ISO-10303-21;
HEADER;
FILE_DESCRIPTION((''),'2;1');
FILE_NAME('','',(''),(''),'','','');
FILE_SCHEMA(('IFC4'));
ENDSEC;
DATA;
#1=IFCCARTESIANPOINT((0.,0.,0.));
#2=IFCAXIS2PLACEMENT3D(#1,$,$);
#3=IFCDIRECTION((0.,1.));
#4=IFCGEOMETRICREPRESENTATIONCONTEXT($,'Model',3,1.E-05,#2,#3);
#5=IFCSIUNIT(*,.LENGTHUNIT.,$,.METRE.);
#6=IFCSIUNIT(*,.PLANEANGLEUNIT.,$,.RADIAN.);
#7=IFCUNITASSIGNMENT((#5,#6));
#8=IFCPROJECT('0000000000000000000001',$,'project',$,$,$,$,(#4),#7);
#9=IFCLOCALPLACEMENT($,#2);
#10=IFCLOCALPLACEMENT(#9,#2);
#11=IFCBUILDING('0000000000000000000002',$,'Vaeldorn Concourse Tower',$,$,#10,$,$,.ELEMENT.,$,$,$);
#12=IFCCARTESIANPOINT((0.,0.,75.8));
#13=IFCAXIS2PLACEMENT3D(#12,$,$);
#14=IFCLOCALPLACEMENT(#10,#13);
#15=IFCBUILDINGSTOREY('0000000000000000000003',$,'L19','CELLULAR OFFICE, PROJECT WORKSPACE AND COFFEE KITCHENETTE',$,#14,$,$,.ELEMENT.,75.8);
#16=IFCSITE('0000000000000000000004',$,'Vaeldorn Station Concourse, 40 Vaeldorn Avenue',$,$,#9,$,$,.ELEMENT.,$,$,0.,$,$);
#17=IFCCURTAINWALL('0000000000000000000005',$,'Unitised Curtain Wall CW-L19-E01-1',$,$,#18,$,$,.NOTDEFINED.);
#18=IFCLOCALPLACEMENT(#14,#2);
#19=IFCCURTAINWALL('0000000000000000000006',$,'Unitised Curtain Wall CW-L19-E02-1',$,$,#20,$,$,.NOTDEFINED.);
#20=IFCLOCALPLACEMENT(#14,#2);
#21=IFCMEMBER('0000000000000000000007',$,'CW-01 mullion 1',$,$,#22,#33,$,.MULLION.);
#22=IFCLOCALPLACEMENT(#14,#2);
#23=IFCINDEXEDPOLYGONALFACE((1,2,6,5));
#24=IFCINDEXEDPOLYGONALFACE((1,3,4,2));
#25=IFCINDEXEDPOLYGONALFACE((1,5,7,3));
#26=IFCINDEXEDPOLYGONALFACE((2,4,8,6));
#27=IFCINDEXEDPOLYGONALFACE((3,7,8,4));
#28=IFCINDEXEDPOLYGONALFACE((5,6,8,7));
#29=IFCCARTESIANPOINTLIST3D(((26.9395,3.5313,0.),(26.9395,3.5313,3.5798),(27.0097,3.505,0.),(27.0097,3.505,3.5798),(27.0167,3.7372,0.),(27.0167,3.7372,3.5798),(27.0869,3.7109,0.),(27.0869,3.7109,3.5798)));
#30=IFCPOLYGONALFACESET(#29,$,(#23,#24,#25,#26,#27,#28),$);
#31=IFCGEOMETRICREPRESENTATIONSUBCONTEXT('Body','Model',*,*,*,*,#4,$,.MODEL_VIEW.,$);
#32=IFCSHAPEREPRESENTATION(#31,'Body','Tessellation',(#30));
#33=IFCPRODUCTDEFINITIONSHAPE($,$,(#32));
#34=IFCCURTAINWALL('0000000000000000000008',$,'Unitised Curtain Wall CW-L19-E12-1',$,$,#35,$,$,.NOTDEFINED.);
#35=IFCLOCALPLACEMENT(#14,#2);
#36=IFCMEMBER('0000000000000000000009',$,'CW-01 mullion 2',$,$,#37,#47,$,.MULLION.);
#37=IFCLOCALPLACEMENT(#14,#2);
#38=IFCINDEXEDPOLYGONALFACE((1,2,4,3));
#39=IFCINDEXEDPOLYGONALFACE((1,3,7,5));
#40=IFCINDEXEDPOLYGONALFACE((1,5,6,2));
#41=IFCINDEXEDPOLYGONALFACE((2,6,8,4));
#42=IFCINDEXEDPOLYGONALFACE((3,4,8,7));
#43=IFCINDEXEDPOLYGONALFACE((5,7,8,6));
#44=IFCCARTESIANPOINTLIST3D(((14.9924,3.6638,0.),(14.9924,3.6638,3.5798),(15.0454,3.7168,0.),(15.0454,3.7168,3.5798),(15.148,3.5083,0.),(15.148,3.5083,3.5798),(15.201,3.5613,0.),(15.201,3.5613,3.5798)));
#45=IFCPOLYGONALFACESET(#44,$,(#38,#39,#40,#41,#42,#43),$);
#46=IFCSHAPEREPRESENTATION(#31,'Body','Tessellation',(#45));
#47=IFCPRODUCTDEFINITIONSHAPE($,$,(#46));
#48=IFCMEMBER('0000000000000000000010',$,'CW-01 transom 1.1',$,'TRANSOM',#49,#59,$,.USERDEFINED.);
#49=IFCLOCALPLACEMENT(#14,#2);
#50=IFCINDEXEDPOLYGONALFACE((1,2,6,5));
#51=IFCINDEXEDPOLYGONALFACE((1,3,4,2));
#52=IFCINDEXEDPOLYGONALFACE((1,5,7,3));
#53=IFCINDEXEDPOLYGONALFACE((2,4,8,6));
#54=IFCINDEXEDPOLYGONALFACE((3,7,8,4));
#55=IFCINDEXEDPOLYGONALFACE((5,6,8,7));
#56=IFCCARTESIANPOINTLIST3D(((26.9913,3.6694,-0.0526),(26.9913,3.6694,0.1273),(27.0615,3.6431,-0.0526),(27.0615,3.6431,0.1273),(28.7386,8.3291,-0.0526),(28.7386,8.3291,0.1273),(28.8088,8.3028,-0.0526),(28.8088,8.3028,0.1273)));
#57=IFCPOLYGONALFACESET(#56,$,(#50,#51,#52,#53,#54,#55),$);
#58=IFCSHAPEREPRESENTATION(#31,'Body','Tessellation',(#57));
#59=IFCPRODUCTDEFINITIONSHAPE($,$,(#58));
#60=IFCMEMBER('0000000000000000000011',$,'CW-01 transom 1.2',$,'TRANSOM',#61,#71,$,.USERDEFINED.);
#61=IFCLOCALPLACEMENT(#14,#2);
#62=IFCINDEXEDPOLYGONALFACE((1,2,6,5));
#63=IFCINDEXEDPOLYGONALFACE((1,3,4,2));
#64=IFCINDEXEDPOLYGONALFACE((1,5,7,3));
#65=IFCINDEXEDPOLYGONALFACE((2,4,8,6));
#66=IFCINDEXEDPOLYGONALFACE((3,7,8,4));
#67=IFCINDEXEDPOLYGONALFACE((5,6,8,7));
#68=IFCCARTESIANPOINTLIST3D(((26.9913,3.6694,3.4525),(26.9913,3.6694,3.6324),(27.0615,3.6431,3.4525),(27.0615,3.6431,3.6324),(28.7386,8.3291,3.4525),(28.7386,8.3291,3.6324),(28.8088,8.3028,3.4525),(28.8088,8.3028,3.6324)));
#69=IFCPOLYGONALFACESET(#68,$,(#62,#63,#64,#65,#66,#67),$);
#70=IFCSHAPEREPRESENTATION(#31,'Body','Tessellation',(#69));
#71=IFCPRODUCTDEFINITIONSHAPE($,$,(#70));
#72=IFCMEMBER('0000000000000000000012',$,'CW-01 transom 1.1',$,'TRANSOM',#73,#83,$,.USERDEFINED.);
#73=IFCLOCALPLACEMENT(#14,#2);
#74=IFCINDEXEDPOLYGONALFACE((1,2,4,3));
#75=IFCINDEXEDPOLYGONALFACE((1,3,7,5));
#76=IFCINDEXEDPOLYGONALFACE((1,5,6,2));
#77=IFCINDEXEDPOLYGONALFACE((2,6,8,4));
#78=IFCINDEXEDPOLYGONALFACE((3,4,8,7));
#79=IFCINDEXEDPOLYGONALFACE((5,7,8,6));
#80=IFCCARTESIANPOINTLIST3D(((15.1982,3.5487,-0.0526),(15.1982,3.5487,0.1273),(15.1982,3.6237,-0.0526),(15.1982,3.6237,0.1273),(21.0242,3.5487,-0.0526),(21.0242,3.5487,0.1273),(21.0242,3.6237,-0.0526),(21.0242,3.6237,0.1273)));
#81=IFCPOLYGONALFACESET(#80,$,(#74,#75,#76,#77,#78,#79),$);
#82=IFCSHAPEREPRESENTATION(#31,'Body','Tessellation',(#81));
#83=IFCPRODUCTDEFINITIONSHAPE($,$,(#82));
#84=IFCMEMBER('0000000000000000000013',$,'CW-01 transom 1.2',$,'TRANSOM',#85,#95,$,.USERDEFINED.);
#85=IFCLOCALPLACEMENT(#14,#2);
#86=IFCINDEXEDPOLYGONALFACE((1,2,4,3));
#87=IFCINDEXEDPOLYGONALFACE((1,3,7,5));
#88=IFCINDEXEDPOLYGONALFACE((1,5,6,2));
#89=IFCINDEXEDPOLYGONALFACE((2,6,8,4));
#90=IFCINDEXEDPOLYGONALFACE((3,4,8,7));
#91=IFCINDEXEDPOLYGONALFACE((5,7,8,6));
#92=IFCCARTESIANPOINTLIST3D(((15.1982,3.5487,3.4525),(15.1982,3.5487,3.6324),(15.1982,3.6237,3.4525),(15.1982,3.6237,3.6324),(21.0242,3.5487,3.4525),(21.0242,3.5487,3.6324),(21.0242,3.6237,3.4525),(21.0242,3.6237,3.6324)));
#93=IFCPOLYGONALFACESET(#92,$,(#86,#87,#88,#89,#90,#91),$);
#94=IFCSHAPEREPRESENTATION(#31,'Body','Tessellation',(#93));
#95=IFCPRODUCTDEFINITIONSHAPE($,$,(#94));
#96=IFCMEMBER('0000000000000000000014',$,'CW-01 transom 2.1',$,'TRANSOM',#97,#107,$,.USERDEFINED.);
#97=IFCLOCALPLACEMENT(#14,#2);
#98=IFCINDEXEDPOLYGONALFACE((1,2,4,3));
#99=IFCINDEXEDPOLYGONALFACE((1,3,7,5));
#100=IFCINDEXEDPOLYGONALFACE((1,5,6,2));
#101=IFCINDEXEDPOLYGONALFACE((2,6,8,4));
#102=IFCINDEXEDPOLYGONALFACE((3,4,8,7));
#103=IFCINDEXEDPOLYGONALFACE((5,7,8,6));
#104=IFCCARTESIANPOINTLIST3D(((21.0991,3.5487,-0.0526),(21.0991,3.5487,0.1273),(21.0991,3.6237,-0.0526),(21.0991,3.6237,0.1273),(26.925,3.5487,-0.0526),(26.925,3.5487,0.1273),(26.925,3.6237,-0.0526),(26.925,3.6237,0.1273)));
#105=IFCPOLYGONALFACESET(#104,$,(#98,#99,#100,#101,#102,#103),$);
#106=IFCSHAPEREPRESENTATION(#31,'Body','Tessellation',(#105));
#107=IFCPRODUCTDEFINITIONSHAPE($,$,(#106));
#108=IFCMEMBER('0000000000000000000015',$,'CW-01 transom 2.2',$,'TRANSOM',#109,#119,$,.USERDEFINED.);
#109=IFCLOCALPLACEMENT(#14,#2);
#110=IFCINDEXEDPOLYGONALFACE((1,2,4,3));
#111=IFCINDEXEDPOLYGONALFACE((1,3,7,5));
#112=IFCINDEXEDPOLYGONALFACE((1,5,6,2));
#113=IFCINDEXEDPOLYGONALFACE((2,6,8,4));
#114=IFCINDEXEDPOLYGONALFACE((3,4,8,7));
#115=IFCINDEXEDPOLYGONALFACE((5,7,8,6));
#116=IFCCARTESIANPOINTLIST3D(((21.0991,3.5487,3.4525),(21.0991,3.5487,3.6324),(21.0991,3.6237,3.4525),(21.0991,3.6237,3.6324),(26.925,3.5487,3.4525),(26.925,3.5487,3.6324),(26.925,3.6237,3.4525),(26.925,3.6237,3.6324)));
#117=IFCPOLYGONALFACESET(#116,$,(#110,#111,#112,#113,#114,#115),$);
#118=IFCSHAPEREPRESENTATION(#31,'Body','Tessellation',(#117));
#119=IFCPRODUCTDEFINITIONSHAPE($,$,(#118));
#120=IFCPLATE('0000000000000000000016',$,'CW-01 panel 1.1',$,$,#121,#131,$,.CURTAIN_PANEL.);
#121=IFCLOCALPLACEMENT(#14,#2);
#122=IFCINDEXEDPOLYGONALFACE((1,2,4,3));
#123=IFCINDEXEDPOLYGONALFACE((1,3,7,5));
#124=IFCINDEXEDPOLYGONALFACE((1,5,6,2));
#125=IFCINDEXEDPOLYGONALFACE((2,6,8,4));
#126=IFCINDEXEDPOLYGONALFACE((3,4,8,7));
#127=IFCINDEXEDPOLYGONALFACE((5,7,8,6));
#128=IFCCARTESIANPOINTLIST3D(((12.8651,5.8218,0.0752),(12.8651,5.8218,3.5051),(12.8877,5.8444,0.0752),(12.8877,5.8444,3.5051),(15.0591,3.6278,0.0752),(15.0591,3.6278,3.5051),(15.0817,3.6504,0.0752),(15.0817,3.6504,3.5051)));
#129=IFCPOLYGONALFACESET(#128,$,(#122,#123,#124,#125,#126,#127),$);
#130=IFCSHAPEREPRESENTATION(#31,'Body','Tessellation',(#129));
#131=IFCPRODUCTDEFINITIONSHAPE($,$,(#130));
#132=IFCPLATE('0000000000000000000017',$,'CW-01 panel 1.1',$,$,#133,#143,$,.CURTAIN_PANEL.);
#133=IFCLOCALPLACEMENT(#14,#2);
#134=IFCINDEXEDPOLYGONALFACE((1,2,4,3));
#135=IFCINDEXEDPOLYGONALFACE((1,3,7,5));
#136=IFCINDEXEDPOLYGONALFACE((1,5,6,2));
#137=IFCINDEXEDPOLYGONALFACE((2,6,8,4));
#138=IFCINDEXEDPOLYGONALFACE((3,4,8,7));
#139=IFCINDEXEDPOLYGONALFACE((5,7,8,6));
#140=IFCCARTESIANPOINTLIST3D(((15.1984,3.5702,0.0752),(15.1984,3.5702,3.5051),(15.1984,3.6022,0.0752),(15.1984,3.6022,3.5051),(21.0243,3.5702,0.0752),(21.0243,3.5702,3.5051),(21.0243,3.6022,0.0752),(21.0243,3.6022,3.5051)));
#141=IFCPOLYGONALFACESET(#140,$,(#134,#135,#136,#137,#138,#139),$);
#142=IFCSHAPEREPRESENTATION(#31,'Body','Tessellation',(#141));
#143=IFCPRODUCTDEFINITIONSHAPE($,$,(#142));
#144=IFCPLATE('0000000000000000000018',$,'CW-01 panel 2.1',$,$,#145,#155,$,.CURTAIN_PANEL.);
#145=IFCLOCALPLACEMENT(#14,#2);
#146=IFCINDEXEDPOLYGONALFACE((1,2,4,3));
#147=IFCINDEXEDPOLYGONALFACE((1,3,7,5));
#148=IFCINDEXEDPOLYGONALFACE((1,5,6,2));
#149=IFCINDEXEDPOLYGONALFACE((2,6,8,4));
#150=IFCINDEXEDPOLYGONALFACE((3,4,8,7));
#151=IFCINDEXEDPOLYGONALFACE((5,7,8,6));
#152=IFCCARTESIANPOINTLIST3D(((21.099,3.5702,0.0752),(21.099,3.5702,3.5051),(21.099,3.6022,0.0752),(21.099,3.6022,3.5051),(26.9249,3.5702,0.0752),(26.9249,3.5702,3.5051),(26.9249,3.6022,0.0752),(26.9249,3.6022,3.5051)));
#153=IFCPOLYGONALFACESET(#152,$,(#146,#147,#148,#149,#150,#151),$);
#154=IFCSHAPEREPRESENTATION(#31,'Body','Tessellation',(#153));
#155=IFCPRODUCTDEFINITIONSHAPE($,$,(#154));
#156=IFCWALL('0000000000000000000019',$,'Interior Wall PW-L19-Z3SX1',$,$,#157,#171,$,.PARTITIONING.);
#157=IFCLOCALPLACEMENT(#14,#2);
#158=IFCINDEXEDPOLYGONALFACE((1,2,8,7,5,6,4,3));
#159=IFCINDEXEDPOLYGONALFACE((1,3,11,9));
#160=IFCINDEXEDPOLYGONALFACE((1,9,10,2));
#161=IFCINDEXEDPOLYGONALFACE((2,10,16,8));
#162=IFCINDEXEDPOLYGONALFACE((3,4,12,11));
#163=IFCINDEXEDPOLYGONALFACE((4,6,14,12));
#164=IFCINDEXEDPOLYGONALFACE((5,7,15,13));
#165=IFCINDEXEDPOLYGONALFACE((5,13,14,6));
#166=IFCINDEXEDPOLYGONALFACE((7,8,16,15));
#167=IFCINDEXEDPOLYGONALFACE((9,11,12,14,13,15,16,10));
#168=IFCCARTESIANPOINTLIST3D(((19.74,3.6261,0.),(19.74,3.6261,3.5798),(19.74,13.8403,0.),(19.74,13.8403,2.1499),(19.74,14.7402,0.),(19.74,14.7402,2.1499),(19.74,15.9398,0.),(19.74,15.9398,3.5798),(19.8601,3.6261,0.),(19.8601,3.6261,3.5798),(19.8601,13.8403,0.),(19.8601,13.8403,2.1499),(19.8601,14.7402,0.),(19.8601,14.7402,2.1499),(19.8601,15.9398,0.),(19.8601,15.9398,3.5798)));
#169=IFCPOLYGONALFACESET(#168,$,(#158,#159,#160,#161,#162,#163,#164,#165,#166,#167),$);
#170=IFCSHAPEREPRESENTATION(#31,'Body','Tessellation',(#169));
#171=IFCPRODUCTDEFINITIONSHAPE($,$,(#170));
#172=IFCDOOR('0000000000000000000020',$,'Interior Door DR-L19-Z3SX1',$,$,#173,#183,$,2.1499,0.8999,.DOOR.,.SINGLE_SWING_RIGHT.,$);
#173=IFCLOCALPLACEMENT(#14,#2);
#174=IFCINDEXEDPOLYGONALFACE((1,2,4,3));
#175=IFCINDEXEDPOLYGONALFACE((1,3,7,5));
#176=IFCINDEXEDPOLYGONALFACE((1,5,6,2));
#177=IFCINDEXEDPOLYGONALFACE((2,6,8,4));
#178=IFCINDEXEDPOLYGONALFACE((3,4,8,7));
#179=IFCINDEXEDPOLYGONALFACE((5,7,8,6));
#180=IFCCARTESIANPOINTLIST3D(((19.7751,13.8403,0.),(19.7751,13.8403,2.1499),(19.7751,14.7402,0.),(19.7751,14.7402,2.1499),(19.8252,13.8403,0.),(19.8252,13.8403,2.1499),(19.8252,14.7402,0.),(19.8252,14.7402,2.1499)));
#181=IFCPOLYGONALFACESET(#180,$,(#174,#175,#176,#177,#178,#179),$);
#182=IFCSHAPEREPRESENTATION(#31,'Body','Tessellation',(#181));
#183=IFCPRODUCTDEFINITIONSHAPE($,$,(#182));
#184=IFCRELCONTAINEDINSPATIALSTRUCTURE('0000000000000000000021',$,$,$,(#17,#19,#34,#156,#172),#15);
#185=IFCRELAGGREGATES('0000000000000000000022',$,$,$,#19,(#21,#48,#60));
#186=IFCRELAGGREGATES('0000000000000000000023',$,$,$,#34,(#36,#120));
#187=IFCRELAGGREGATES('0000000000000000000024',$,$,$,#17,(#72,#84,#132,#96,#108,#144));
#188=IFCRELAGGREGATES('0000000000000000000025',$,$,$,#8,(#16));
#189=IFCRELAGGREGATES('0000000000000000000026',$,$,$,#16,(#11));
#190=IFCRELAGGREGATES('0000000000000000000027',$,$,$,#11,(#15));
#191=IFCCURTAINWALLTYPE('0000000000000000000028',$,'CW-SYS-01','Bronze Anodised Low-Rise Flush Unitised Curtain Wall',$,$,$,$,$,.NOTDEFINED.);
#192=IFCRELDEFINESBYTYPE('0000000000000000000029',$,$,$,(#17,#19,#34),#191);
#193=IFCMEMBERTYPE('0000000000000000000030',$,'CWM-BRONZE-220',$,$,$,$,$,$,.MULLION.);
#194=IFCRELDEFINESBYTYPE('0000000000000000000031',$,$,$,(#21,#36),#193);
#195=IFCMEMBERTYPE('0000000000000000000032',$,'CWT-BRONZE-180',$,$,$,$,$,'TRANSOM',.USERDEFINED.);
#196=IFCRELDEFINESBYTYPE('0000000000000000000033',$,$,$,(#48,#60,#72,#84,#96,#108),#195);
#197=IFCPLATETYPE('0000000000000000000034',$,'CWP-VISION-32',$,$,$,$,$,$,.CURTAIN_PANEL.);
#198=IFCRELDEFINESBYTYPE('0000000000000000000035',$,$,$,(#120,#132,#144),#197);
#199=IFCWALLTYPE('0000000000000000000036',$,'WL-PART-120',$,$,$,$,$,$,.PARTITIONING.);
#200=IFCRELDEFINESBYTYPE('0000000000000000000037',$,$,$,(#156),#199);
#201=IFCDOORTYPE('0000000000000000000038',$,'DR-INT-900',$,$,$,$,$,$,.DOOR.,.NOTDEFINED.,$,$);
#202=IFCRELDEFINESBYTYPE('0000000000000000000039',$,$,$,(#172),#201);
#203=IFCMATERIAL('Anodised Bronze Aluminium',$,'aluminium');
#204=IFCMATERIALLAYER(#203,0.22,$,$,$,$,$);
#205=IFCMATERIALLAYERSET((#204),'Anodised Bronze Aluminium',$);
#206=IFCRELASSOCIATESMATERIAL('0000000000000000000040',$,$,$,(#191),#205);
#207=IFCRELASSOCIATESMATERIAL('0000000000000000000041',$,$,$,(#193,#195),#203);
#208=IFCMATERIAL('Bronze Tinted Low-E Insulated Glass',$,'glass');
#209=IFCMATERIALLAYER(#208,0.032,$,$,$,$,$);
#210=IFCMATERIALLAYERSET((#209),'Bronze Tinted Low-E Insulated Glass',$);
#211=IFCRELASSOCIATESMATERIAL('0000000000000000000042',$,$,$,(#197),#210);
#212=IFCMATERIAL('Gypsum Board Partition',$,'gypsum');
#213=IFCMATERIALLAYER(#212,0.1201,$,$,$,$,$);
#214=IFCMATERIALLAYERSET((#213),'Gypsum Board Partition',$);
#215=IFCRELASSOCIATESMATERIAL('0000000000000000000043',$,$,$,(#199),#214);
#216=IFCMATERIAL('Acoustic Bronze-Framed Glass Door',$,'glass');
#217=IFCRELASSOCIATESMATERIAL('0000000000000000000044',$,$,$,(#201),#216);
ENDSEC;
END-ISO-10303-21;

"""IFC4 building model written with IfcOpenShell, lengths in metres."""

from ifc_helpers import new_model, si_unit, direction, frame, frame_2d, origin, origin_2d, place, context, subcontext, project, spatial, rectangle, extrude, source, transform, mapped, material, layer, layer_set, material_profile, profile_set, type_object, element, fill, aggregate, save


model = new_model("IFC4")

# Units and contexts
model_context = context("Model", 3, precision=1e-05, world=origin(), true_north=direction((0.0, 1.0)))
body_context = subcontext(model_context, "Body", "Model", "MODEL_VIEW")
ifc_project = project(units=[si_unit("LENGTHUNIT", "METRE"), si_unit("PLANEANGLEUNIT", "RADIAN")], contexts=[model_context])

# Site, building, storey
site_placement = place(None, origin())
site = spatial("IfcSite", under=ifc_project, at=site_placement, Name="Vaeldorn Station Concourse, 40 Vaeldorn Avenue", CompositionType="ELEMENT", RefElevation=0.0)
building_placement = place(site_placement, origin())
building = spatial("IfcBuilding", under=site, at=building_placement, Name="Vaeldorn Concourse Tower", CompositionType="ELEMENT")
storey_placement = place(building_placement, frame((0.0, 0.0, 75.8)))
storey = spatial("IfcBuildingStorey", under=building, at=storey_placement, Name="L19", Description="CELLULAR OFFICE, PROJECT WORKSPACE AND COFFEE KITCHENETTE", CompositionType="ELEMENT", Elevation=75.8)

# Curtain wall
ifc_material_1 = material(Name="Anodised Bronze Aluminium", Category="aluminium")
ifc_layer_1 = layer(ifc_material_1, 0.22)
ifc_layer_set_1 = layer_set([ifc_layer_1], Name="Anodised Bronze Aluminium")
curtain_wall_type = type_object("IfcCurtainWallType", Name="CW-SYS-01", Description="Bronze Anodised Low-Rise Flush Unitised Curtain Wall", PredefinedType="NOTDEFINED", material=ifc_layer_set_1)
curtain_wall_1_placement = place(storey_placement, origin())
curtain_wall_1 = element("IfcCurtainWall", 1, at=curtain_wall_1_placement, inside=storey, type_object=curtain_wall_type, Name="Unitised Curtain Wall CW-L19-E01-1", PredefinedType="NOTDEFINED")
ifc_material_profile_1 = material_profile(ifc_material_1, rectangle(XDim=0.075, YDim=0.22, at=origin_2d()), Name="CWM 75x220")
ifc_profile_set_1 = profile_set([ifc_material_profile_1], Name="Anodised Bronze Aluminium")
member_type_1 = type_object("IfcMemberType", Name="CWM-BRONZE-220", PredefinedType="MULLION", material=ifc_profile_set_1)
shared_shape_1 = source(origin(), body_context, "Body", "SweptSolid", [
    extrude(rectangle(XDim=0.075, YDim=0.22, at=origin_2d()), origin(), (0.0, 0.0, 1.0), 3.5798),
])

# Curtain walls, members
curtain_wall_2_placement = place(storey_placement, origin())
curtain_wall_2 = element("IfcCurtainWall", 2, at=curtain_wall_2_placement, inside=storey, type_object=curtain_wall_type, Name="Unitised Curtain Wall CW-L19-E02-1", PredefinedType="NOTDEFINED")
member_1_placement = place(storey_placement, frame((27.0132, 3.6211, 0.0), z_axis=(0.0, 0.0, 1.0), x_axis=(-0.936329, 0.351123, 0.0)))
member_1 = element("IfcMember", 3, at=member_1_placement, type_object=member_type_1, Name="CW-01 mullion 1", PredefinedType="MULLION", context=body_context, shape_type="MappedRepresentation", body=[
    mapped(shared_shape_1, transform((0.0, 0.0, 0.0), scale=1.0)),
])
curtain_wall_3_placement = place(storey_placement, origin())
curtain_wall_3 = element("IfcCurtainWall", 4, at=curtain_wall_3_placement, inside=storey, type_object=curtain_wall_type, Name="Unitised Curtain Wall CW-L19-E12-1", PredefinedType="NOTDEFINED")
member_2_placement = place(storey_placement, frame((15.0967, 3.6125, 0.0), z_axis=(0.0, 0.0, 1.0), x_axis=(0.707107, 0.707107, 0.0)))
member_2 = element("IfcMember", 5, at=member_2_placement, type_object=member_type_1, Name="CW-01 mullion 2", PredefinedType="MULLION", context=body_context, shape_type="MappedRepresentation", body=[
    mapped(shared_shape_1, transform((0.0, 0.0, 0.0), scale=1.0)),
])

# Members
ifc_material_profile_2 = material_profile(ifc_material_1, rectangle(XDim=0.075, YDim=0.1799, at=origin_2d()), Name="CWT 75x180")
ifc_profile_set_2 = profile_set([ifc_material_profile_2], Name="Anodised Bronze Aluminium")
member_type_2 = type_object("IfcMemberType", Name="CWT-BRONZE-180", ElementType="TRANSOM", PredefinedType="USERDEFINED", material=ifc_profile_set_2)
shared_shape_2 = source(origin(), body_context, "Body", "SweptSolid", [
    extrude(rectangle(XDim=0.075, YDim=0.1799, at=origin_2d()), origin(), (0.0, 0.0, 1.0), 4.9766),
])
member_3_placement = place(storey_placement, frame((27.0264, 3.6562, 0.0374), z_axis=(0.351113, 0.936333, 0.0), x_axis=(-0.936333, 0.351113, 0.0)))
member_3 = element("IfcMember", 6, at=member_3_placement, type_object=member_type_2, Name="CW-01 transom 1.1", ObjectType="TRANSOM", PredefinedType="USERDEFINED", context=body_context, shape_type="MappedRepresentation", body=[
    mapped(shared_shape_2, transform((0.0, 0.0, 0.0), scale=1.0)),
])
member_4_placement = place(storey_placement, frame((27.0264, 3.6562, 3.5425), z_axis=(0.351113, 0.936333, 0.0), x_axis=(-0.936333, 0.351113, 0.0)))
member_4 = element("IfcMember", 7, at=member_4_placement, type_object=member_type_2, Name="CW-01 transom 1.2", ObjectType="TRANSOM", PredefinedType="USERDEFINED", context=body_context, shape_type="MappedRepresentation", body=[
    mapped(shared_shape_2, transform((0.0, 0.0, 0.0), scale=1.0)),
])
aggregate(curtain_wall_2, [member_1, member_3, member_4])
shared_shape_3 = source(origin(), body_context, "Body", "SweptSolid", [
    extrude(rectangle(XDim=0.075, YDim=0.1799, at=origin_2d()), origin(), (0.0, 0.0, 1.0), 5.8259),
])
member_5_placement = place(storey_placement, frame((15.1982, 3.5862, 0.0374), z_axis=(1.0, 0.0, 0.0), x_axis=(0.0, 1.0, 0.0)))
member_5 = element("IfcMember", 8, at=member_5_placement, type_object=member_type_2, Name="CW-01 transom 1.1", ObjectType="TRANSOM", PredefinedType="USERDEFINED", context=body_context, shape_type="MappedRepresentation", body=[
    mapped(shared_shape_3, transform((0.0, 0.0, 0.0), scale=1.0)),
])
member_6_placement = place(storey_placement, frame((15.1982, 3.5862, 3.5425), z_axis=(1.0, 0.0, 0.0), x_axis=(0.0, 1.0, 0.0)))
member_6 = element("IfcMember", 9, at=member_6_placement, type_object=member_type_2, Name="CW-01 transom 1.2", ObjectType="TRANSOM", PredefinedType="USERDEFINED", context=body_context, shape_type="MappedRepresentation", body=[
    mapped(shared_shape_3, transform((0.0, 0.0, 0.0), scale=1.0)),
])
member_7_placement = place(storey_placement, frame((21.0991, 3.5862, 0.0374), z_axis=(1.0, 0.0, 0.0), x_axis=(0.0, 1.0, 0.0)))
member_7 = element("IfcMember", 10, at=member_7_placement, type_object=member_type_2, Name="CW-01 transom 2.1", ObjectType="TRANSOM", PredefinedType="USERDEFINED", context=body_context, shape_type="MappedRepresentation", body=[
    mapped(shared_shape_3, transform((0.0, 0.0, 0.0), scale=1.0)),
])
member_8_placement = place(storey_placement, frame((21.0991, 3.5862, 3.5425), z_axis=(1.0, 0.0, 0.0), x_axis=(0.0, 1.0, 0.0)))
member_8 = element("IfcMember", 11, at=member_8_placement, type_object=member_type_2, Name="CW-01 transom 2.2", ObjectType="TRANSOM", PredefinedType="USERDEFINED", context=body_context, shape_type="MappedRepresentation", body=[
    mapped(shared_shape_3, transform((0.0, 0.0, 0.0), scale=1.0)),
])

# Plates
ifc_material_2 = material(Name="Bronze Tinted Low-E Insulated Glass", Category="glass")
ifc_layer_2 = layer(ifc_material_2, 0.032)
ifc_layer_set_2 = layer_set([ifc_layer_2], Name="Bronze Tinted Low-E Insulated Glass")
plate_type = type_object("IfcPlateType", Name="CWP-VISION-32", PredefinedType="CURTAIN_PANEL", material=ifc_layer_set_2)
shared_shape_4 = source(origin(), body_context, "Body", "SweptSolid", [
    extrude(rectangle(XDim=3.1028, YDim=0.032, at=origin_2d()), origin(), (0.0, 0.0, 1.0), 3.4299),
])
plate_1_placement = place(storey_placement, frame((13.9734, 4.7361, 0.0752), z_axis=(0.0, 0.0, 1.0), x_axis=(0.707107, -0.707107, 0.0)))
plate_1 = element("IfcPlate", 12, at=plate_1_placement, type_object=plate_type, Name="CW-01 panel 1.1", PredefinedType="CURTAIN_PANEL", context=body_context, shape_type="MappedRepresentation", body=[
    mapped(shared_shape_4, transform((0.0, 0.0, 0.0), scale=1.0)),
])
aggregate(curtain_wall_3, [member_2, plate_1])
shared_shape_5 = source(origin(), body_context, "Body", "SweptSolid", [
    extrude(rectangle(XDim=5.8259, YDim=0.032, at=origin_2d()), origin(), (0.0, 0.0, 1.0), 3.4299),
])
plate_2_placement = place(storey_placement, frame((18.1113, 3.5862, 0.0752), z_axis=(0.0, 0.0, 1.0), x_axis=(1.0, 0.0, 0.0)))
plate_2 = element("IfcPlate", 13, at=plate_2_placement, type_object=plate_type, Name="CW-01 panel 1.1", PredefinedType="CURTAIN_PANEL", context=body_context, shape_type="MappedRepresentation", body=[
    mapped(shared_shape_5, transform((0.0, 0.0, 0.0), scale=1.0)),
])
plate_3_placement = place(storey_placement, frame((24.012, 3.5862, 0.0752), z_axis=(0.0, 0.0, 1.0), x_axis=(1.0, 0.0, 0.0)))
plate_3 = element("IfcPlate", 14, at=plate_3_placement, type_object=plate_type, Name="CW-01 panel 2.1", PredefinedType="CURTAIN_PANEL", context=body_context, shape_type="MappedRepresentation", body=[
    mapped(shared_shape_5, transform((0.0, 0.0, 0.0), scale=1.0)),
])
aggregate(curtain_wall_1, [member_5, member_6, plate_2, member_7, member_8, plate_3])

# Wall, opening, door
ifc_material_3 = material(Name="Gypsum Board Partition", Category="gypsum")
ifc_layer_3 = layer(ifc_material_3, 0.1201)
ifc_layer_set_3 = layer_set([ifc_layer_3], Name="Gypsum Board Partition")
wall_type = type_object("IfcWallType", Name="WL-PART-120", PredefinedType="PARTITIONING", material=ifc_layer_set_3)
wall_placement = place(storey_placement, frame((19.8, 3.6262, 0.0), z_axis=(0.0, 0.0, 1.0), x_axis=(0.0, 1.0, 0.0)))
wall = element("IfcWall", 15, at=wall_placement, inside=storey, type_object=wall_type, Name="Interior Wall PW-L19-Z3SX1", PredefinedType="PARTITIONING", context=body_context, shape_type="SweptSolid", body=[
    extrude(rectangle(XDim=12.3137, YDim=0.1201, at=frame_2d((6.1567, 0.0))), origin(), (0.0, 0.0, 1.0), 3.5798),
])
opening_placement = place(wall_placement, frame((10.2141, 0.0, 0.0)))
opening = element("IfcOpeningElement", 16, at=opening_placement, cuts=wall, PredefinedType="OPENING", context=body_context, shape_type="SweptSolid", body=[
    extrude(rectangle(XDim=0.8999, YDim=2.1499, at=frame_2d((0.45, 1.075))), frame((0.0, 0.0701, 0.0), z_axis=(0.0, -1.0, 0.0), x_axis=(1.0, 0.0, 0.0)), (0.0, 0.0, 1.0), 0.1401),
])
ifc_material_4 = material(Name="Acoustic Bronze-Framed Glass Door", Category="glass")
door_type = type_object("IfcDoorType", Name="DR-INT-900", OperationType="NOTDEFINED", PredefinedType="DOOR", material=ifc_material_4)
shared_shape_6 = source(origin(), body_context, "Body", "SweptSolid", [
    extrude(rectangle(XDim=0.8999, YDim=2.1499, at=frame_2d((0.45, 1.075))), frame((0.0, 0.0249, 0.0), z_axis=(0.0, -1.0, 0.0), x_axis=(1.0, 0.0, 0.0)), (0.0, 0.0, 1.0), 0.05),
])
door_placement = place(opening_placement, origin())
door = element("IfcDoor", 17, at=door_placement, inside=storey, type_object=door_type, Name="Interior Door DR-L19-Z3SX1", OperationType="SINGLE_SWING_RIGHT", OverallHeight=2.1499, OverallWidth=0.8999, PredefinedType="DOOR", context=body_context, shape_type="MappedRepresentation", body=[
    mapped(shared_shape_6, transform((0.0, 0.0, 0.0), scale=1.0)),
])
fill(opening, door)

save(model, "model.ifc")
